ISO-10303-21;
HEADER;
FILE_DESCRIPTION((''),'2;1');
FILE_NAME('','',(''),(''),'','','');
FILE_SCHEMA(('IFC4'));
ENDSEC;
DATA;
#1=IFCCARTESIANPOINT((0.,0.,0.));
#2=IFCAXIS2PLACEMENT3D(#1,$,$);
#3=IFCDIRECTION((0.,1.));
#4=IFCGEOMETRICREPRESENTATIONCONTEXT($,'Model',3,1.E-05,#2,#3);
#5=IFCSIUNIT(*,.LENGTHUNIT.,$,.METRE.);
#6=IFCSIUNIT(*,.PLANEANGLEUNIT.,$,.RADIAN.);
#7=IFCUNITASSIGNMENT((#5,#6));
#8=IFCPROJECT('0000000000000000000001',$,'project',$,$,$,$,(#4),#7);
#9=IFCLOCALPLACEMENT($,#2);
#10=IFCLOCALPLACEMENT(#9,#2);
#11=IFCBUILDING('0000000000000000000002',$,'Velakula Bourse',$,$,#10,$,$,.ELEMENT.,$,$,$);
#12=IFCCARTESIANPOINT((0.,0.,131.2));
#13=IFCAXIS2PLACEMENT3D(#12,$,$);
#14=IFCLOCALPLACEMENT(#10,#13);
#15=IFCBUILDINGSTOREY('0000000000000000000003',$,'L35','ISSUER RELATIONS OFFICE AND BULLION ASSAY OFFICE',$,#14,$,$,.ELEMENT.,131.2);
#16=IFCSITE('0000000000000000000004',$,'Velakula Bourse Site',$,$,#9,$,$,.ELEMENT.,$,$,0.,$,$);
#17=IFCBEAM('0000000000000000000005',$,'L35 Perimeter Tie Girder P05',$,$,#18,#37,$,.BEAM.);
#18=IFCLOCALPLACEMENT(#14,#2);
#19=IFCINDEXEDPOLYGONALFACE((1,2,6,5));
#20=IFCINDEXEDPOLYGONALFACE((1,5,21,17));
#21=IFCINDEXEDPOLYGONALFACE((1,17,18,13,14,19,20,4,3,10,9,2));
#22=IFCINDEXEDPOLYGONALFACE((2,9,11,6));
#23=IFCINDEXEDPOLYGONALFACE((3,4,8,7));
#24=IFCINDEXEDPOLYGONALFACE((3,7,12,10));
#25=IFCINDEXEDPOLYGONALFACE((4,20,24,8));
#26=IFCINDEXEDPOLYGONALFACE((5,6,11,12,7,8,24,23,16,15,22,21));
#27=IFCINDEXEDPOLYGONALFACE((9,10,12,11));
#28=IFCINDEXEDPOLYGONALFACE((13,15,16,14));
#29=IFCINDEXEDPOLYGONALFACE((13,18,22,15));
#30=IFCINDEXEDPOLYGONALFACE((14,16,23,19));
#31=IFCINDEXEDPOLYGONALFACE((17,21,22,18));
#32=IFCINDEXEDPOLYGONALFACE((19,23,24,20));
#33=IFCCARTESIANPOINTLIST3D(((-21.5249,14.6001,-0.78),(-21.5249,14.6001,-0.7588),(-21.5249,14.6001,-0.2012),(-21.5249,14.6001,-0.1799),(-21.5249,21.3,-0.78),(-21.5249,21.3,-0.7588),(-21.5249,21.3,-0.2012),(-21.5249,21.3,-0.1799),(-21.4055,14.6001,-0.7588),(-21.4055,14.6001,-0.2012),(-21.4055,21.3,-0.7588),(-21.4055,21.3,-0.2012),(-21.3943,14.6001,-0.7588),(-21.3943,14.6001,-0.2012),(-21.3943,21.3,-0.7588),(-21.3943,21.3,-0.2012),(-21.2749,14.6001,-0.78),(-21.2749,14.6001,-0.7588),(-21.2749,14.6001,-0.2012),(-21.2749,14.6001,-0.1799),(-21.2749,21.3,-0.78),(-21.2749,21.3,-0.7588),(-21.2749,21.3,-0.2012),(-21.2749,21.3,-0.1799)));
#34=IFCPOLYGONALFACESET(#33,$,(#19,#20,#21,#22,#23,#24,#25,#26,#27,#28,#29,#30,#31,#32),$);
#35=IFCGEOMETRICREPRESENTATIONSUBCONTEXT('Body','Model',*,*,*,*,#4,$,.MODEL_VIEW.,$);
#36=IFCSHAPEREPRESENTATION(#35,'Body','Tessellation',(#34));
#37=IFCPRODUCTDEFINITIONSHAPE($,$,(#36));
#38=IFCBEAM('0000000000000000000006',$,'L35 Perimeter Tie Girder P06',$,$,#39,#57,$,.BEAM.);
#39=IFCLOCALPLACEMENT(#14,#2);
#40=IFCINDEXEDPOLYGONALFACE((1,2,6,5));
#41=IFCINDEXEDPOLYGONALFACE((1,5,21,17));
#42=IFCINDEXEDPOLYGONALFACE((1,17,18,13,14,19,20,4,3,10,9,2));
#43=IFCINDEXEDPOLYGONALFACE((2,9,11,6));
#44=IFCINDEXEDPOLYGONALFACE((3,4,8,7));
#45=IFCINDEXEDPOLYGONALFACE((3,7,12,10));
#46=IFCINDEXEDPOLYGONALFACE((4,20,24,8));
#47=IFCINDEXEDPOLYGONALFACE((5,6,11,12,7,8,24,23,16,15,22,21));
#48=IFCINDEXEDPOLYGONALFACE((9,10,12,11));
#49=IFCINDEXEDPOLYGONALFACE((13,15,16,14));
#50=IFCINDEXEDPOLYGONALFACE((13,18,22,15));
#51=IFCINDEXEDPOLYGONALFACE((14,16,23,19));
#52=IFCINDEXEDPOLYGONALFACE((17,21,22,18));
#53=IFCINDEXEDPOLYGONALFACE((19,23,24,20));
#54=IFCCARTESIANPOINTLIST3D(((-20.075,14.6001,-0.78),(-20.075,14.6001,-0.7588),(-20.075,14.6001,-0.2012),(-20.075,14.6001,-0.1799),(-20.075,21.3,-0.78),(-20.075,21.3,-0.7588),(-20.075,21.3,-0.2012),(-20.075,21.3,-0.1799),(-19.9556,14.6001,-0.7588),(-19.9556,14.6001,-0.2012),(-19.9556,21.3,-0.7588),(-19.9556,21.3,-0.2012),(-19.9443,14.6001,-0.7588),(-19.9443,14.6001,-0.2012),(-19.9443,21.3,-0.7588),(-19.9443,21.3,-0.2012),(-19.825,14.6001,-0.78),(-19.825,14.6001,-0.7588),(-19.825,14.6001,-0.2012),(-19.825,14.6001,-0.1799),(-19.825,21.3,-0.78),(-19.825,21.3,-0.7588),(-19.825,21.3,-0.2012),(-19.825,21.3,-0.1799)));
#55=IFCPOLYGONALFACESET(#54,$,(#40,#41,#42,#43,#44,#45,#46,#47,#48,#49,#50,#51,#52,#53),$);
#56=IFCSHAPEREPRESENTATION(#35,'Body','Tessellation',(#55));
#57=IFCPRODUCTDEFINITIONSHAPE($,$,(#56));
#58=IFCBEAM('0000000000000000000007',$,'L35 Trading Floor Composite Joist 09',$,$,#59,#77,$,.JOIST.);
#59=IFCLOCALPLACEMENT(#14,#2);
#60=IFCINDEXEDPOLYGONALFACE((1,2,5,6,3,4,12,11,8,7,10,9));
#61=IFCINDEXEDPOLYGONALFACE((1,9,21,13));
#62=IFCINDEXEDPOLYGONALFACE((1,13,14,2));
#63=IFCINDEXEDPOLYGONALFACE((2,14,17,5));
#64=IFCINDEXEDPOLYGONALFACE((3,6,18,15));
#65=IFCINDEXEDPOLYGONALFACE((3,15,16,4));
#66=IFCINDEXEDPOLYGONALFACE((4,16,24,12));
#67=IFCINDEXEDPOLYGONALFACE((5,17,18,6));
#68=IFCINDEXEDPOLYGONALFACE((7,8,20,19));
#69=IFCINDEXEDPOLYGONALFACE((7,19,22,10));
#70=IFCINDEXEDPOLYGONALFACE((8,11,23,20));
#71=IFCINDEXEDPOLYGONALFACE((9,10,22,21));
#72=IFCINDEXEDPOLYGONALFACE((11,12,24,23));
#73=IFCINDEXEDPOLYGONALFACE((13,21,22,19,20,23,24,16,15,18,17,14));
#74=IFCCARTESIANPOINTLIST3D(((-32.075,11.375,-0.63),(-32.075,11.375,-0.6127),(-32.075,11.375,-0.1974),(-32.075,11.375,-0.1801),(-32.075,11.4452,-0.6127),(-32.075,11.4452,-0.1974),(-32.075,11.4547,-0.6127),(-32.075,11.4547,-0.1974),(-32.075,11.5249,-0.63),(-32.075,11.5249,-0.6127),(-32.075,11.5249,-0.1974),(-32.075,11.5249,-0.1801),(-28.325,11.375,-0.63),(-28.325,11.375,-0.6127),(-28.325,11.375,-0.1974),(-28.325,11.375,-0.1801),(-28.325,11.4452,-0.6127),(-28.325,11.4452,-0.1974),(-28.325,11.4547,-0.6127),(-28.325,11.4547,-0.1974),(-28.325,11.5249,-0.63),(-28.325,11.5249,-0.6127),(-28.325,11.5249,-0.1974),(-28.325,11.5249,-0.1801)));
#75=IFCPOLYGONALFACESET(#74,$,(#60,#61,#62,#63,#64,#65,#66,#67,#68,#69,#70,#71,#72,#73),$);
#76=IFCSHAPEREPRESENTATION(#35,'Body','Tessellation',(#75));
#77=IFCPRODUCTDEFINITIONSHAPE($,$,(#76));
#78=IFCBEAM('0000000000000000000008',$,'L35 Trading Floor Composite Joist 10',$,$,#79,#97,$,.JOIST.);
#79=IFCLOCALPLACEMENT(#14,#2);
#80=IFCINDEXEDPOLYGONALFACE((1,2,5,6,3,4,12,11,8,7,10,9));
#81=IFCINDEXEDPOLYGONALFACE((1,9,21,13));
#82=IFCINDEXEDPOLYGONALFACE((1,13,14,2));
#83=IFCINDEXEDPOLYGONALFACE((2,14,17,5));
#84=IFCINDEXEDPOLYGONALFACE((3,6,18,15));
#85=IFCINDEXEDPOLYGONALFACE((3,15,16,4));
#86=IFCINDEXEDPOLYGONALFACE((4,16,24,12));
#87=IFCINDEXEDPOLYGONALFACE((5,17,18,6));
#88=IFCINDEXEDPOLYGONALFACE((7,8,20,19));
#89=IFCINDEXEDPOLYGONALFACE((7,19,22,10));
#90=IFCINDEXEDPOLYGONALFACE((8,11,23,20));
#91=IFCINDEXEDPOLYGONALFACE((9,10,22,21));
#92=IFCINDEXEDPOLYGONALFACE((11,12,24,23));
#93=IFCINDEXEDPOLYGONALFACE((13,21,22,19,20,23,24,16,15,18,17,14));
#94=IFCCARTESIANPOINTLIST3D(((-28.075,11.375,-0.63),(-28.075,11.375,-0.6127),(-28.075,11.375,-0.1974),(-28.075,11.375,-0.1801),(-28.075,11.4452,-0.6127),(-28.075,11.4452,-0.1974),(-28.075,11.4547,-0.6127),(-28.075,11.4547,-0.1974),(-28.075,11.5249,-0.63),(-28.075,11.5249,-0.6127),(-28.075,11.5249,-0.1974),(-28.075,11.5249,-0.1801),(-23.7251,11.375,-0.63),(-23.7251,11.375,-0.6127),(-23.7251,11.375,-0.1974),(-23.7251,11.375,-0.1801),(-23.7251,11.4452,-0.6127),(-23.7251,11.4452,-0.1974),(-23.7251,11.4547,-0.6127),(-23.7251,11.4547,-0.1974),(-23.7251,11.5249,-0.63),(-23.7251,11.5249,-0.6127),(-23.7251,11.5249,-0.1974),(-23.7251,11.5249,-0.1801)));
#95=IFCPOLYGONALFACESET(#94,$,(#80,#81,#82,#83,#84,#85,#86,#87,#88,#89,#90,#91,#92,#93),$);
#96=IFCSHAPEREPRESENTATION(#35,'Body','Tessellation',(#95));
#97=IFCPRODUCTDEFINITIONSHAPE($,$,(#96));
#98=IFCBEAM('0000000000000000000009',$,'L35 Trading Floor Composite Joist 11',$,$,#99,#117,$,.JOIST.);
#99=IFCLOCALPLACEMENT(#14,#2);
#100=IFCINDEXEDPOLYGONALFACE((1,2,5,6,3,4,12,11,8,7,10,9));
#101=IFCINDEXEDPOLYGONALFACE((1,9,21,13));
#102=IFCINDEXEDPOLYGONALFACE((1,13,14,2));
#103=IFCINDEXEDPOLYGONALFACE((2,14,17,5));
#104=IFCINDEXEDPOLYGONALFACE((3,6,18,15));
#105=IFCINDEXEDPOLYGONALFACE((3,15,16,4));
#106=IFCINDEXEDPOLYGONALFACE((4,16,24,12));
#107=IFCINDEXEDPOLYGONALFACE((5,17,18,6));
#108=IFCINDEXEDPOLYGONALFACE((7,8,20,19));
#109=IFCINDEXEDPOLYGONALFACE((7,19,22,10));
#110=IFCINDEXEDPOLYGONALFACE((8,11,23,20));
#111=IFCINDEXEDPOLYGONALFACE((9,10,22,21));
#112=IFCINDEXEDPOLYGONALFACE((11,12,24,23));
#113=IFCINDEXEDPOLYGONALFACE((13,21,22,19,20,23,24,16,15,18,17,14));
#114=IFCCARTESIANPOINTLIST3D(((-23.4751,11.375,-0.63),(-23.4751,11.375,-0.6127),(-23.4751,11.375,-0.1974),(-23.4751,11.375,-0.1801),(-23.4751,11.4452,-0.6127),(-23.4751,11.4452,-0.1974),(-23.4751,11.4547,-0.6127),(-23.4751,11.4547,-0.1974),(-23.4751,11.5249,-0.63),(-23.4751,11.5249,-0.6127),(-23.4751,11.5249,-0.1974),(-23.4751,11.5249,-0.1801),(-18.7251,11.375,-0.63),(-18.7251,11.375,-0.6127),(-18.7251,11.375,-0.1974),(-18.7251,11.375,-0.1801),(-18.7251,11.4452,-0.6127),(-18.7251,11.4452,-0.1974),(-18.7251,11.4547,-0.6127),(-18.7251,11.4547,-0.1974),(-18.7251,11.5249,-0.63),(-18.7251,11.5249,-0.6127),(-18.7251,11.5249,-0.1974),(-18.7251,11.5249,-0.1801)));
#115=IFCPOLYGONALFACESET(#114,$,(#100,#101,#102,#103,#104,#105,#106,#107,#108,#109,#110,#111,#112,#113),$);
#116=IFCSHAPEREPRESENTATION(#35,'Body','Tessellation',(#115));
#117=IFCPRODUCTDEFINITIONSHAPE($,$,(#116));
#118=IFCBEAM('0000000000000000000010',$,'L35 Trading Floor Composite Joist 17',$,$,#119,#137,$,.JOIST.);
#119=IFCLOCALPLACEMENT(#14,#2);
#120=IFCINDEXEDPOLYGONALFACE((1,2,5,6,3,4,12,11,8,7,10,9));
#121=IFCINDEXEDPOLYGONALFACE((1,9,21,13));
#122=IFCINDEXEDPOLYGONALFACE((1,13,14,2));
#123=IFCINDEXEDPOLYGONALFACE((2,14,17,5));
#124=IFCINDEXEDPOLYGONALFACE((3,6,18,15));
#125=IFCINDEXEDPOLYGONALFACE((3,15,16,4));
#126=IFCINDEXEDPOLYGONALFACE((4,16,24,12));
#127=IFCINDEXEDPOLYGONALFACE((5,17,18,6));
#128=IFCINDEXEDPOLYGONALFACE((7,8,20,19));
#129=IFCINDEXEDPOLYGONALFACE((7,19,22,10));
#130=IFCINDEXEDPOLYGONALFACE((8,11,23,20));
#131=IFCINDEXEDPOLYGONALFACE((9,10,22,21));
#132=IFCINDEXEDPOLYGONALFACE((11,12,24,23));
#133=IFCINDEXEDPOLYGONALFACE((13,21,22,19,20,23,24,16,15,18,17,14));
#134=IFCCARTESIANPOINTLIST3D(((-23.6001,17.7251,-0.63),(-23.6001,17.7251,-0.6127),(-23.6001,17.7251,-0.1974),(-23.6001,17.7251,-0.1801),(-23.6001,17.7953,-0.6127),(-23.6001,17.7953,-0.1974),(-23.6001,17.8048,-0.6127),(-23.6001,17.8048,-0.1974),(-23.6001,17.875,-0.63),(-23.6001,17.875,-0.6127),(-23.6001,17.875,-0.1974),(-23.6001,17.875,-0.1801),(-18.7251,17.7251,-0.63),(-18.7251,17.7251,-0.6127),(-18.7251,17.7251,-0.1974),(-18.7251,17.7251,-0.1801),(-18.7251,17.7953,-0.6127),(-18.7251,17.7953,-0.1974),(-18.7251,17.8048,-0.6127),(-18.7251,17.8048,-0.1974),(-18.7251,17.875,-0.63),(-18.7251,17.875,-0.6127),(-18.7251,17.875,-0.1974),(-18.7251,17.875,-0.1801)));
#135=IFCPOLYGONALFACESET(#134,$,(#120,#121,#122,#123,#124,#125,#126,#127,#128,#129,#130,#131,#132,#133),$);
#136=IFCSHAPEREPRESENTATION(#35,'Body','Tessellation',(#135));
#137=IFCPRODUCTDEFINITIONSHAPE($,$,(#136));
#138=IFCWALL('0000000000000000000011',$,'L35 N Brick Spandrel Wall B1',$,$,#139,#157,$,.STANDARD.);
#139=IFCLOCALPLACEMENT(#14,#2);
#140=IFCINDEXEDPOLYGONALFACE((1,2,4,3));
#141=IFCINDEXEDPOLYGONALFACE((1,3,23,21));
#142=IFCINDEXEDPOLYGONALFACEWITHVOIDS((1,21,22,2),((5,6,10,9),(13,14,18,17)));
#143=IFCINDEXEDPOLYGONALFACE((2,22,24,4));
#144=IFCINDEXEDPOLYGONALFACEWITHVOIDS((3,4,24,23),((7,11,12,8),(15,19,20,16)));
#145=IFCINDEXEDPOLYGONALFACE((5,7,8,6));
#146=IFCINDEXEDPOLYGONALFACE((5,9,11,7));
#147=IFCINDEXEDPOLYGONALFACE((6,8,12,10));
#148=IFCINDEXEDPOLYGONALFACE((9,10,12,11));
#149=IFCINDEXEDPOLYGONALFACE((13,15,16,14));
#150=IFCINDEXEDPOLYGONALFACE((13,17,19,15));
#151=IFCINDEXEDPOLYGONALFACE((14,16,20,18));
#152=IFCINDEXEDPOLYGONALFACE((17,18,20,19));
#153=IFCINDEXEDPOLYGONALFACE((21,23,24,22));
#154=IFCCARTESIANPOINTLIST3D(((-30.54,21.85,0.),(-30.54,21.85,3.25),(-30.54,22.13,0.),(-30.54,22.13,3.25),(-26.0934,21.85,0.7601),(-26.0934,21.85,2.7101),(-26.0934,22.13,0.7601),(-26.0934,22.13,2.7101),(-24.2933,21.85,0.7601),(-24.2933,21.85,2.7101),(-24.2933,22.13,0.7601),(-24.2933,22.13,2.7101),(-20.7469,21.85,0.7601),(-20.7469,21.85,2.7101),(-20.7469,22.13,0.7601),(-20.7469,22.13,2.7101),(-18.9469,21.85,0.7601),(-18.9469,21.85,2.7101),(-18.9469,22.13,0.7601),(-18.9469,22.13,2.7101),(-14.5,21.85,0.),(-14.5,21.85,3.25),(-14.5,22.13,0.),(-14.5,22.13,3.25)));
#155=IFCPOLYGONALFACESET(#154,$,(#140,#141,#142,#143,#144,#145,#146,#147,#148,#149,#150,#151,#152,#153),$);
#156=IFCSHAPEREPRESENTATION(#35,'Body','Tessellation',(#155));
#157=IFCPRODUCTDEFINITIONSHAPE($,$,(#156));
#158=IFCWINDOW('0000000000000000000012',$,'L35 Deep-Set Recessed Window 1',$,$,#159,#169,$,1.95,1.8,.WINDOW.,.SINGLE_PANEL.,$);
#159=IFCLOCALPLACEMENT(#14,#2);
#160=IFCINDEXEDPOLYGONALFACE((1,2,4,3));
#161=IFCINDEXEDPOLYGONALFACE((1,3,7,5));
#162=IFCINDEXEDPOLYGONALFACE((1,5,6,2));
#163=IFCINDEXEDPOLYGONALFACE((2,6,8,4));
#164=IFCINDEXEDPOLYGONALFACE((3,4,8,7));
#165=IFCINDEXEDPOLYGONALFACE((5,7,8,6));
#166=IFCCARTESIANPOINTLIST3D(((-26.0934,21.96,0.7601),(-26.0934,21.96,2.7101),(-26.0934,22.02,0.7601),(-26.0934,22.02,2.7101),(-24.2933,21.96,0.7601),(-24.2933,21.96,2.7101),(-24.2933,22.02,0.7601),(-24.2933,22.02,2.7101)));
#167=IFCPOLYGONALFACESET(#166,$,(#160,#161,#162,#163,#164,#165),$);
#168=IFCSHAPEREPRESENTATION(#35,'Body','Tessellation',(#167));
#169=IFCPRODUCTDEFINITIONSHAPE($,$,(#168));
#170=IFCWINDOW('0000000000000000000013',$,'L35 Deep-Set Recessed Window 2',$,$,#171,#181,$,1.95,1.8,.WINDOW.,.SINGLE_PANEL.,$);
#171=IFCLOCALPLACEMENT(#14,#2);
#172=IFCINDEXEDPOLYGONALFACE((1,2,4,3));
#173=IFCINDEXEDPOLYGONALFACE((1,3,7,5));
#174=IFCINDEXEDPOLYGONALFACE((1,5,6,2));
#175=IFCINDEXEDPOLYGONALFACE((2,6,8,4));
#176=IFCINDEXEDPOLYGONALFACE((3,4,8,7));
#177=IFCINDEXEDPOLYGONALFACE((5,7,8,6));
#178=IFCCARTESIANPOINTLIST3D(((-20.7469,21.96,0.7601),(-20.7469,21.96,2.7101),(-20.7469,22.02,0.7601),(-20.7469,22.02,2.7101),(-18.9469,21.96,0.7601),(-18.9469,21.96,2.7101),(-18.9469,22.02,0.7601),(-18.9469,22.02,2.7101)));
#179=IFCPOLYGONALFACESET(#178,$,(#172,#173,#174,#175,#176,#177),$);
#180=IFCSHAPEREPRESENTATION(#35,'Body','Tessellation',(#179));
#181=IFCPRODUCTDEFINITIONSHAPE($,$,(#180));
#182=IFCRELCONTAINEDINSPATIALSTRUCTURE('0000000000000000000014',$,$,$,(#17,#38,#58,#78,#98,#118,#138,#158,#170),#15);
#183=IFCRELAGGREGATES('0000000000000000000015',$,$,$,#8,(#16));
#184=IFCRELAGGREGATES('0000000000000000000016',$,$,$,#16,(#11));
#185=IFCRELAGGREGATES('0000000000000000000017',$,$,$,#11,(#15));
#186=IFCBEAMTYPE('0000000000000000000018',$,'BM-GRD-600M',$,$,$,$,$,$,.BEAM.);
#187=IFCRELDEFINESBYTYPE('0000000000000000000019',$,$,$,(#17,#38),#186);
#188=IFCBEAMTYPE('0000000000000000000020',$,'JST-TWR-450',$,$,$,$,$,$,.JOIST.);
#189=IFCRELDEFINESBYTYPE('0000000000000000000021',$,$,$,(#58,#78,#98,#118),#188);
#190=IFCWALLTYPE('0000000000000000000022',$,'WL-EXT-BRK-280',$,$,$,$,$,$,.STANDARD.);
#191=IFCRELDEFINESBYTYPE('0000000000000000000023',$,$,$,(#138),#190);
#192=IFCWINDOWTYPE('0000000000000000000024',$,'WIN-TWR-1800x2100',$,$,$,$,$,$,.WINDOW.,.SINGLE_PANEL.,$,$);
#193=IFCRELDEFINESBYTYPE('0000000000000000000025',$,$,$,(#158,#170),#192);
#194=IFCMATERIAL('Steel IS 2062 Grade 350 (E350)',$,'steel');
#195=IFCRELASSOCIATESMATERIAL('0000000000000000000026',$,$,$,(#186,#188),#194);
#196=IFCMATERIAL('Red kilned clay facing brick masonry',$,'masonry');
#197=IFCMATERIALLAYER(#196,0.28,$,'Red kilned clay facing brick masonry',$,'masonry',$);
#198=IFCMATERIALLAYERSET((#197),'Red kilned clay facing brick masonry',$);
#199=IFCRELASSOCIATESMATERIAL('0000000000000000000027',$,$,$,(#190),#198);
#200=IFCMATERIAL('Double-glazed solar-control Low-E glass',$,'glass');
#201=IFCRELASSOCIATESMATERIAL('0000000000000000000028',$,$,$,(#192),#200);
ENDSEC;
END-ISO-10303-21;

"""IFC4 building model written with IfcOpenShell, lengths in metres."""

from ifc_helpers import new_model, si_unit, direction, frame, frame_2d, origin, origin_2d, place, context, subcontext, project, spatial, rectangle, i_section, extrude, material, layer, layer_set, material_profile, profile_set, type_object, element, fill, save


model = new_model("IFC4")

# Units and contexts
model_context = context("Model", 3, precision=1e-05, world=origin(), true_north=direction((0.0, 1.0)))
body_context = subcontext(model_context, "Body", "Model", "MODEL_VIEW")
ifc_project = project(units=[si_unit("LENGTHUNIT", "METRE"), si_unit("PLANEANGLEUNIT", "RADIAN")], contexts=[model_context])

# Site, building, storey
site_placement = place(None, origin())
site = spatial("IfcSite", under=ifc_project, at=site_placement, Name="Velakula Bourse Site", CompositionType="ELEMENT", RefElevation=0.0)
building_placement = place(site_placement, origin())
building = spatial("IfcBuilding", under=site, at=building_placement, Name="Velakula Bourse", CompositionType="ELEMENT")
storey_placement = place(building_placement, frame((0.0, 0.0, 131.2)))
storey = spatial("IfcBuildingStorey", under=building, at=storey_placement, Name="L35", Description="ISSUER RELATIONS OFFICE AND BULLION ASSAY OFFICE", CompositionType="ELEMENT", Elevation=131.2)

# Shared definitions
ifc_material_1 = material(Name="Steel IS 2062 Grade 350 (E350)", Category="steel")

# Beams
ifc_material_profile_1 = material_profile(ifc_material_1, i_section(OverallWidth=0.25, OverallDepth=0.6001, WebThickness=0.0112, FlangeThickness=0.0212, at=origin_2d()), Name="Steel IS 2062 Grade 350 (E350)")
ifc_profile_set_1 = profile_set([ifc_material_profile_1], Name="Steel IS 2062 Grade 350 (E350)")
beam_type_1 = type_object("IfcBeamType", Name="BM-GRD-600M", PredefinedType="BEAM", material=ifc_profile_set_1)
for number, where, z_axis, x_axis, name in (
    (1, (-21.3999, 14.6001, -0.48), (0.0, 1.0, 0.0), (-1.0, 0.0, 0.0), "L35 Perimeter Tie Girder P05"),
    (2, (-19.95, 14.6001, -0.48), (0.0, 1.0, 0.0), (-1.0, 0.0, 0.0), "L35 Perimeter Tie Girder P06"),
):
    element("IfcBeam", number, at=place(storey_placement, frame(where, z_axis=z_axis, x_axis=x_axis)), inside=storey, type_object=beam_type_1, Name=name, PredefinedType="BEAM", context=body_context, shape_type="SweptSolid", body=[
        extrude(i_section(OverallWidth=0.25, OverallDepth=0.6001, WebThickness=0.0112, FlangeThickness=0.0212, at=origin_2d()), origin(), (0.0, 0.0, 1.0), 6.7),
    ])
ifc_material_profile_2 = material_profile(ifc_material_1, i_section(OverallWidth=0.1499, OverallDepth=0.45, WebThickness=0.0095, FlangeThickness=0.0173, at=origin_2d()), Name="Steel IS 2062 Grade 350 (E350)")
ifc_profile_set_2 = profile_set([ifc_material_profile_2], Name="Steel IS 2062 Grade 350 (E350)")
beam_type_2 = type_object("IfcBeamType", Name="JST-TWR-450", PredefinedType="JOIST", material=ifc_profile_set_2)
beam_1_placement = place(storey_placement, frame((-32.075, 11.45, -0.405), z_axis=(1.0, 0.0, 0.0), x_axis=(0.0, 1.0, 0.0)))
element("IfcBeam", 3, at=beam_1_placement, inside=storey, type_object=beam_type_2, Name="L35 Trading Floor Composite Joist 09", PredefinedType="JOIST", context=body_context, shape_type="SweptSolid", body=[
    extrude(i_section(OverallWidth=0.1499, OverallDepth=0.45, WebThickness=0.0095, FlangeThickness=0.0173, at=origin_2d()), origin(), (0.0, 0.0, 1.0), 3.75),
])
beam_2_placement = place(storey_placement, frame((-28.075, 11.45, -0.405), z_axis=(1.0, 0.0, 0.0), x_axis=(0.0, 1.0, 0.0)))
element("IfcBeam", 4, at=beam_2_placement, inside=storey, type_object=beam_type_2, Name="L35 Trading Floor Composite Joist 10", PredefinedType="JOIST", context=body_context, shape_type="SweptSolid", body=[
    extrude(i_section(OverallWidth=0.1499, OverallDepth=0.45, WebThickness=0.0095, FlangeThickness=0.0173, at=origin_2d()), origin(), (0.0, 0.0, 1.0), 4.3499),
])
beam_3_placement = place(storey_placement, frame((-23.4751, 11.45, -0.405), z_axis=(1.0, 0.0, 0.0), x_axis=(0.0, 1.0, 0.0)))
element("IfcBeam", 5, at=beam_3_placement, inside=storey, type_object=beam_type_2, Name="L35 Trading Floor Composite Joist 11", PredefinedType="JOIST", context=body_context, shape_type="SweptSolid", body=[
    extrude(i_section(OverallWidth=0.1499, OverallDepth=0.45, WebThickness=0.0095, FlangeThickness=0.0173, at=origin_2d()), origin(), (0.0, 0.0, 1.0), 4.75),
])
beam_4_placement = place(storey_placement, frame((-23.6001, 17.8, -0.405), z_axis=(1.0, 0.0, 0.0), x_axis=(0.0, 1.0, 0.0)))
element("IfcBeam", 6, at=beam_4_placement, inside=storey, type_object=beam_type_2, Name="L35 Trading Floor Composite Joist 17", PredefinedType="JOIST", context=body_context, shape_type="SweptSolid", body=[
    extrude(i_section(OverallWidth=0.1499, OverallDepth=0.45, WebThickness=0.0095, FlangeThickness=0.0173, at=origin_2d()), origin(), (0.0, 0.0, 1.0), 4.875),
])

# Wall, openings, windows
ifc_material_2 = material(Name="Red kilned clay facing brick masonry", Category="masonry")
ifc_layer_1 = layer(ifc_material_2, 0.28, Name="Red kilned clay facing brick masonry", Category="masonry")
ifc_layer_set_1 = layer_set([ifc_layer_1], Name="Red kilned clay facing brick masonry")
wall_type_1 = type_object("IfcWallType", Name="WL-EXT-BRK-280", PredefinedType="STANDARD", material=ifc_layer_set_1)
wall_1_placement = place(storey_placement, frame((-30.54, 21.99, 0.0), z_axis=(0.0, 0.0, 1.0), x_axis=(1.0, 0.0, 0.0)))
wall_1 = element("IfcWall", 7, at=wall_1_placement, inside=storey, type_object=wall_type_1, Name="L35 N Brick Spandrel Wall B1", PredefinedType="STANDARD", context=body_context, shape_type="SweptSolid", body=[
    extrude(rectangle(XDim=16.04, YDim=0.28, at=frame_2d((8.02, 0.0))), origin(), (0.0, 0.0, 1.0), 3.25),
])
opening_1_placement = place(wall_1_placement, frame((4.4468, 0.0, 0.76)))
opening_1 = element("IfcOpeningElement", 8, at=opening_1_placement, cuts=wall_1, PredefinedType="OPENING", context=body_context, shape_type="SweptSolid", body=[
    extrude(rectangle(XDim=1.8, YDim=1.95, at=frame_2d((0.8999, 0.9751))), frame((0.0, 0.1499, 0.0), z_axis=(0.0, -1.0, 0.0), x_axis=(1.0, 0.0, 0.0)), (0.0, 0.0, 1.0), 0.3),
])
opening_2_placement = place(wall_1_placement, frame((9.7932, 0.0, 0.76)))
opening_2 = element("IfcOpeningElement", 9, at=opening_2_placement, cuts=wall_1, PredefinedType="OPENING", context=body_context, shape_type="SweptSolid", body=[
    extrude(rectangle(XDim=1.8, YDim=1.95, at=frame_2d((0.8999, 0.9751))), frame((0.0, 0.1499, 0.0), z_axis=(0.0, -1.0, 0.0), x_axis=(1.0, 0.0, 0.0)), (0.0, 0.0, 1.0), 0.3),
])
ifc_material_3 = material(Name="Double-glazed solar-control Low-E glass", Category="glass")
window_type = type_object("IfcWindowType", Name="WIN-TWR-1800x2100", PartitioningType="SINGLE_PANEL", PredefinedType="WINDOW", material=ifc_material_3)
window_1_placement = place(opening_1_placement, origin())
window_1 = element("IfcWindow", 10, at=window_1_placement, inside=storey, type_object=window_type, Name="L35 Deep-Set Recessed Window 1", OverallHeight=1.95, OverallWidth=1.8, PartitioningType="SINGLE_PANEL", PredefinedType="WINDOW", context=body_context, shape_type="SweptSolid", body=[
    extrude(rectangle(XDim=1.8, YDim=1.95, at=frame_2d((0.8999, 0.9751))), frame((0.0, 0.03, 0.0), z_axis=(0.0, -1.0, 0.0), x_axis=(1.0, 0.0, 0.0)), (0.0, 0.0, 1.0), 0.0601),
])
fill(opening_1, window_1)
window_2_placement = place(opening_2_placement, origin())
window_2 = element("IfcWindow", 11, at=window_2_placement, inside=storey, type_object=window_type, Name="L35 Deep-Set Recessed Window 2", OverallHeight=1.95, OverallWidth=1.8, PartitioningType="SINGLE_PANEL", PredefinedType="WINDOW", context=body_context, shape_type="SweptSolid", body=[
    extrude(rectangle(XDim=1.8, YDim=1.95, at=frame_2d((0.8999, 0.9751))), frame((0.0, 0.03, 0.0), z_axis=(0.0, -1.0, 0.0), x_axis=(1.0, 0.0, 0.0)), (0.0, 0.0, 1.0), 0.0601),
])
fill(opening_2, window_2)

save(model, "model.ifc")
